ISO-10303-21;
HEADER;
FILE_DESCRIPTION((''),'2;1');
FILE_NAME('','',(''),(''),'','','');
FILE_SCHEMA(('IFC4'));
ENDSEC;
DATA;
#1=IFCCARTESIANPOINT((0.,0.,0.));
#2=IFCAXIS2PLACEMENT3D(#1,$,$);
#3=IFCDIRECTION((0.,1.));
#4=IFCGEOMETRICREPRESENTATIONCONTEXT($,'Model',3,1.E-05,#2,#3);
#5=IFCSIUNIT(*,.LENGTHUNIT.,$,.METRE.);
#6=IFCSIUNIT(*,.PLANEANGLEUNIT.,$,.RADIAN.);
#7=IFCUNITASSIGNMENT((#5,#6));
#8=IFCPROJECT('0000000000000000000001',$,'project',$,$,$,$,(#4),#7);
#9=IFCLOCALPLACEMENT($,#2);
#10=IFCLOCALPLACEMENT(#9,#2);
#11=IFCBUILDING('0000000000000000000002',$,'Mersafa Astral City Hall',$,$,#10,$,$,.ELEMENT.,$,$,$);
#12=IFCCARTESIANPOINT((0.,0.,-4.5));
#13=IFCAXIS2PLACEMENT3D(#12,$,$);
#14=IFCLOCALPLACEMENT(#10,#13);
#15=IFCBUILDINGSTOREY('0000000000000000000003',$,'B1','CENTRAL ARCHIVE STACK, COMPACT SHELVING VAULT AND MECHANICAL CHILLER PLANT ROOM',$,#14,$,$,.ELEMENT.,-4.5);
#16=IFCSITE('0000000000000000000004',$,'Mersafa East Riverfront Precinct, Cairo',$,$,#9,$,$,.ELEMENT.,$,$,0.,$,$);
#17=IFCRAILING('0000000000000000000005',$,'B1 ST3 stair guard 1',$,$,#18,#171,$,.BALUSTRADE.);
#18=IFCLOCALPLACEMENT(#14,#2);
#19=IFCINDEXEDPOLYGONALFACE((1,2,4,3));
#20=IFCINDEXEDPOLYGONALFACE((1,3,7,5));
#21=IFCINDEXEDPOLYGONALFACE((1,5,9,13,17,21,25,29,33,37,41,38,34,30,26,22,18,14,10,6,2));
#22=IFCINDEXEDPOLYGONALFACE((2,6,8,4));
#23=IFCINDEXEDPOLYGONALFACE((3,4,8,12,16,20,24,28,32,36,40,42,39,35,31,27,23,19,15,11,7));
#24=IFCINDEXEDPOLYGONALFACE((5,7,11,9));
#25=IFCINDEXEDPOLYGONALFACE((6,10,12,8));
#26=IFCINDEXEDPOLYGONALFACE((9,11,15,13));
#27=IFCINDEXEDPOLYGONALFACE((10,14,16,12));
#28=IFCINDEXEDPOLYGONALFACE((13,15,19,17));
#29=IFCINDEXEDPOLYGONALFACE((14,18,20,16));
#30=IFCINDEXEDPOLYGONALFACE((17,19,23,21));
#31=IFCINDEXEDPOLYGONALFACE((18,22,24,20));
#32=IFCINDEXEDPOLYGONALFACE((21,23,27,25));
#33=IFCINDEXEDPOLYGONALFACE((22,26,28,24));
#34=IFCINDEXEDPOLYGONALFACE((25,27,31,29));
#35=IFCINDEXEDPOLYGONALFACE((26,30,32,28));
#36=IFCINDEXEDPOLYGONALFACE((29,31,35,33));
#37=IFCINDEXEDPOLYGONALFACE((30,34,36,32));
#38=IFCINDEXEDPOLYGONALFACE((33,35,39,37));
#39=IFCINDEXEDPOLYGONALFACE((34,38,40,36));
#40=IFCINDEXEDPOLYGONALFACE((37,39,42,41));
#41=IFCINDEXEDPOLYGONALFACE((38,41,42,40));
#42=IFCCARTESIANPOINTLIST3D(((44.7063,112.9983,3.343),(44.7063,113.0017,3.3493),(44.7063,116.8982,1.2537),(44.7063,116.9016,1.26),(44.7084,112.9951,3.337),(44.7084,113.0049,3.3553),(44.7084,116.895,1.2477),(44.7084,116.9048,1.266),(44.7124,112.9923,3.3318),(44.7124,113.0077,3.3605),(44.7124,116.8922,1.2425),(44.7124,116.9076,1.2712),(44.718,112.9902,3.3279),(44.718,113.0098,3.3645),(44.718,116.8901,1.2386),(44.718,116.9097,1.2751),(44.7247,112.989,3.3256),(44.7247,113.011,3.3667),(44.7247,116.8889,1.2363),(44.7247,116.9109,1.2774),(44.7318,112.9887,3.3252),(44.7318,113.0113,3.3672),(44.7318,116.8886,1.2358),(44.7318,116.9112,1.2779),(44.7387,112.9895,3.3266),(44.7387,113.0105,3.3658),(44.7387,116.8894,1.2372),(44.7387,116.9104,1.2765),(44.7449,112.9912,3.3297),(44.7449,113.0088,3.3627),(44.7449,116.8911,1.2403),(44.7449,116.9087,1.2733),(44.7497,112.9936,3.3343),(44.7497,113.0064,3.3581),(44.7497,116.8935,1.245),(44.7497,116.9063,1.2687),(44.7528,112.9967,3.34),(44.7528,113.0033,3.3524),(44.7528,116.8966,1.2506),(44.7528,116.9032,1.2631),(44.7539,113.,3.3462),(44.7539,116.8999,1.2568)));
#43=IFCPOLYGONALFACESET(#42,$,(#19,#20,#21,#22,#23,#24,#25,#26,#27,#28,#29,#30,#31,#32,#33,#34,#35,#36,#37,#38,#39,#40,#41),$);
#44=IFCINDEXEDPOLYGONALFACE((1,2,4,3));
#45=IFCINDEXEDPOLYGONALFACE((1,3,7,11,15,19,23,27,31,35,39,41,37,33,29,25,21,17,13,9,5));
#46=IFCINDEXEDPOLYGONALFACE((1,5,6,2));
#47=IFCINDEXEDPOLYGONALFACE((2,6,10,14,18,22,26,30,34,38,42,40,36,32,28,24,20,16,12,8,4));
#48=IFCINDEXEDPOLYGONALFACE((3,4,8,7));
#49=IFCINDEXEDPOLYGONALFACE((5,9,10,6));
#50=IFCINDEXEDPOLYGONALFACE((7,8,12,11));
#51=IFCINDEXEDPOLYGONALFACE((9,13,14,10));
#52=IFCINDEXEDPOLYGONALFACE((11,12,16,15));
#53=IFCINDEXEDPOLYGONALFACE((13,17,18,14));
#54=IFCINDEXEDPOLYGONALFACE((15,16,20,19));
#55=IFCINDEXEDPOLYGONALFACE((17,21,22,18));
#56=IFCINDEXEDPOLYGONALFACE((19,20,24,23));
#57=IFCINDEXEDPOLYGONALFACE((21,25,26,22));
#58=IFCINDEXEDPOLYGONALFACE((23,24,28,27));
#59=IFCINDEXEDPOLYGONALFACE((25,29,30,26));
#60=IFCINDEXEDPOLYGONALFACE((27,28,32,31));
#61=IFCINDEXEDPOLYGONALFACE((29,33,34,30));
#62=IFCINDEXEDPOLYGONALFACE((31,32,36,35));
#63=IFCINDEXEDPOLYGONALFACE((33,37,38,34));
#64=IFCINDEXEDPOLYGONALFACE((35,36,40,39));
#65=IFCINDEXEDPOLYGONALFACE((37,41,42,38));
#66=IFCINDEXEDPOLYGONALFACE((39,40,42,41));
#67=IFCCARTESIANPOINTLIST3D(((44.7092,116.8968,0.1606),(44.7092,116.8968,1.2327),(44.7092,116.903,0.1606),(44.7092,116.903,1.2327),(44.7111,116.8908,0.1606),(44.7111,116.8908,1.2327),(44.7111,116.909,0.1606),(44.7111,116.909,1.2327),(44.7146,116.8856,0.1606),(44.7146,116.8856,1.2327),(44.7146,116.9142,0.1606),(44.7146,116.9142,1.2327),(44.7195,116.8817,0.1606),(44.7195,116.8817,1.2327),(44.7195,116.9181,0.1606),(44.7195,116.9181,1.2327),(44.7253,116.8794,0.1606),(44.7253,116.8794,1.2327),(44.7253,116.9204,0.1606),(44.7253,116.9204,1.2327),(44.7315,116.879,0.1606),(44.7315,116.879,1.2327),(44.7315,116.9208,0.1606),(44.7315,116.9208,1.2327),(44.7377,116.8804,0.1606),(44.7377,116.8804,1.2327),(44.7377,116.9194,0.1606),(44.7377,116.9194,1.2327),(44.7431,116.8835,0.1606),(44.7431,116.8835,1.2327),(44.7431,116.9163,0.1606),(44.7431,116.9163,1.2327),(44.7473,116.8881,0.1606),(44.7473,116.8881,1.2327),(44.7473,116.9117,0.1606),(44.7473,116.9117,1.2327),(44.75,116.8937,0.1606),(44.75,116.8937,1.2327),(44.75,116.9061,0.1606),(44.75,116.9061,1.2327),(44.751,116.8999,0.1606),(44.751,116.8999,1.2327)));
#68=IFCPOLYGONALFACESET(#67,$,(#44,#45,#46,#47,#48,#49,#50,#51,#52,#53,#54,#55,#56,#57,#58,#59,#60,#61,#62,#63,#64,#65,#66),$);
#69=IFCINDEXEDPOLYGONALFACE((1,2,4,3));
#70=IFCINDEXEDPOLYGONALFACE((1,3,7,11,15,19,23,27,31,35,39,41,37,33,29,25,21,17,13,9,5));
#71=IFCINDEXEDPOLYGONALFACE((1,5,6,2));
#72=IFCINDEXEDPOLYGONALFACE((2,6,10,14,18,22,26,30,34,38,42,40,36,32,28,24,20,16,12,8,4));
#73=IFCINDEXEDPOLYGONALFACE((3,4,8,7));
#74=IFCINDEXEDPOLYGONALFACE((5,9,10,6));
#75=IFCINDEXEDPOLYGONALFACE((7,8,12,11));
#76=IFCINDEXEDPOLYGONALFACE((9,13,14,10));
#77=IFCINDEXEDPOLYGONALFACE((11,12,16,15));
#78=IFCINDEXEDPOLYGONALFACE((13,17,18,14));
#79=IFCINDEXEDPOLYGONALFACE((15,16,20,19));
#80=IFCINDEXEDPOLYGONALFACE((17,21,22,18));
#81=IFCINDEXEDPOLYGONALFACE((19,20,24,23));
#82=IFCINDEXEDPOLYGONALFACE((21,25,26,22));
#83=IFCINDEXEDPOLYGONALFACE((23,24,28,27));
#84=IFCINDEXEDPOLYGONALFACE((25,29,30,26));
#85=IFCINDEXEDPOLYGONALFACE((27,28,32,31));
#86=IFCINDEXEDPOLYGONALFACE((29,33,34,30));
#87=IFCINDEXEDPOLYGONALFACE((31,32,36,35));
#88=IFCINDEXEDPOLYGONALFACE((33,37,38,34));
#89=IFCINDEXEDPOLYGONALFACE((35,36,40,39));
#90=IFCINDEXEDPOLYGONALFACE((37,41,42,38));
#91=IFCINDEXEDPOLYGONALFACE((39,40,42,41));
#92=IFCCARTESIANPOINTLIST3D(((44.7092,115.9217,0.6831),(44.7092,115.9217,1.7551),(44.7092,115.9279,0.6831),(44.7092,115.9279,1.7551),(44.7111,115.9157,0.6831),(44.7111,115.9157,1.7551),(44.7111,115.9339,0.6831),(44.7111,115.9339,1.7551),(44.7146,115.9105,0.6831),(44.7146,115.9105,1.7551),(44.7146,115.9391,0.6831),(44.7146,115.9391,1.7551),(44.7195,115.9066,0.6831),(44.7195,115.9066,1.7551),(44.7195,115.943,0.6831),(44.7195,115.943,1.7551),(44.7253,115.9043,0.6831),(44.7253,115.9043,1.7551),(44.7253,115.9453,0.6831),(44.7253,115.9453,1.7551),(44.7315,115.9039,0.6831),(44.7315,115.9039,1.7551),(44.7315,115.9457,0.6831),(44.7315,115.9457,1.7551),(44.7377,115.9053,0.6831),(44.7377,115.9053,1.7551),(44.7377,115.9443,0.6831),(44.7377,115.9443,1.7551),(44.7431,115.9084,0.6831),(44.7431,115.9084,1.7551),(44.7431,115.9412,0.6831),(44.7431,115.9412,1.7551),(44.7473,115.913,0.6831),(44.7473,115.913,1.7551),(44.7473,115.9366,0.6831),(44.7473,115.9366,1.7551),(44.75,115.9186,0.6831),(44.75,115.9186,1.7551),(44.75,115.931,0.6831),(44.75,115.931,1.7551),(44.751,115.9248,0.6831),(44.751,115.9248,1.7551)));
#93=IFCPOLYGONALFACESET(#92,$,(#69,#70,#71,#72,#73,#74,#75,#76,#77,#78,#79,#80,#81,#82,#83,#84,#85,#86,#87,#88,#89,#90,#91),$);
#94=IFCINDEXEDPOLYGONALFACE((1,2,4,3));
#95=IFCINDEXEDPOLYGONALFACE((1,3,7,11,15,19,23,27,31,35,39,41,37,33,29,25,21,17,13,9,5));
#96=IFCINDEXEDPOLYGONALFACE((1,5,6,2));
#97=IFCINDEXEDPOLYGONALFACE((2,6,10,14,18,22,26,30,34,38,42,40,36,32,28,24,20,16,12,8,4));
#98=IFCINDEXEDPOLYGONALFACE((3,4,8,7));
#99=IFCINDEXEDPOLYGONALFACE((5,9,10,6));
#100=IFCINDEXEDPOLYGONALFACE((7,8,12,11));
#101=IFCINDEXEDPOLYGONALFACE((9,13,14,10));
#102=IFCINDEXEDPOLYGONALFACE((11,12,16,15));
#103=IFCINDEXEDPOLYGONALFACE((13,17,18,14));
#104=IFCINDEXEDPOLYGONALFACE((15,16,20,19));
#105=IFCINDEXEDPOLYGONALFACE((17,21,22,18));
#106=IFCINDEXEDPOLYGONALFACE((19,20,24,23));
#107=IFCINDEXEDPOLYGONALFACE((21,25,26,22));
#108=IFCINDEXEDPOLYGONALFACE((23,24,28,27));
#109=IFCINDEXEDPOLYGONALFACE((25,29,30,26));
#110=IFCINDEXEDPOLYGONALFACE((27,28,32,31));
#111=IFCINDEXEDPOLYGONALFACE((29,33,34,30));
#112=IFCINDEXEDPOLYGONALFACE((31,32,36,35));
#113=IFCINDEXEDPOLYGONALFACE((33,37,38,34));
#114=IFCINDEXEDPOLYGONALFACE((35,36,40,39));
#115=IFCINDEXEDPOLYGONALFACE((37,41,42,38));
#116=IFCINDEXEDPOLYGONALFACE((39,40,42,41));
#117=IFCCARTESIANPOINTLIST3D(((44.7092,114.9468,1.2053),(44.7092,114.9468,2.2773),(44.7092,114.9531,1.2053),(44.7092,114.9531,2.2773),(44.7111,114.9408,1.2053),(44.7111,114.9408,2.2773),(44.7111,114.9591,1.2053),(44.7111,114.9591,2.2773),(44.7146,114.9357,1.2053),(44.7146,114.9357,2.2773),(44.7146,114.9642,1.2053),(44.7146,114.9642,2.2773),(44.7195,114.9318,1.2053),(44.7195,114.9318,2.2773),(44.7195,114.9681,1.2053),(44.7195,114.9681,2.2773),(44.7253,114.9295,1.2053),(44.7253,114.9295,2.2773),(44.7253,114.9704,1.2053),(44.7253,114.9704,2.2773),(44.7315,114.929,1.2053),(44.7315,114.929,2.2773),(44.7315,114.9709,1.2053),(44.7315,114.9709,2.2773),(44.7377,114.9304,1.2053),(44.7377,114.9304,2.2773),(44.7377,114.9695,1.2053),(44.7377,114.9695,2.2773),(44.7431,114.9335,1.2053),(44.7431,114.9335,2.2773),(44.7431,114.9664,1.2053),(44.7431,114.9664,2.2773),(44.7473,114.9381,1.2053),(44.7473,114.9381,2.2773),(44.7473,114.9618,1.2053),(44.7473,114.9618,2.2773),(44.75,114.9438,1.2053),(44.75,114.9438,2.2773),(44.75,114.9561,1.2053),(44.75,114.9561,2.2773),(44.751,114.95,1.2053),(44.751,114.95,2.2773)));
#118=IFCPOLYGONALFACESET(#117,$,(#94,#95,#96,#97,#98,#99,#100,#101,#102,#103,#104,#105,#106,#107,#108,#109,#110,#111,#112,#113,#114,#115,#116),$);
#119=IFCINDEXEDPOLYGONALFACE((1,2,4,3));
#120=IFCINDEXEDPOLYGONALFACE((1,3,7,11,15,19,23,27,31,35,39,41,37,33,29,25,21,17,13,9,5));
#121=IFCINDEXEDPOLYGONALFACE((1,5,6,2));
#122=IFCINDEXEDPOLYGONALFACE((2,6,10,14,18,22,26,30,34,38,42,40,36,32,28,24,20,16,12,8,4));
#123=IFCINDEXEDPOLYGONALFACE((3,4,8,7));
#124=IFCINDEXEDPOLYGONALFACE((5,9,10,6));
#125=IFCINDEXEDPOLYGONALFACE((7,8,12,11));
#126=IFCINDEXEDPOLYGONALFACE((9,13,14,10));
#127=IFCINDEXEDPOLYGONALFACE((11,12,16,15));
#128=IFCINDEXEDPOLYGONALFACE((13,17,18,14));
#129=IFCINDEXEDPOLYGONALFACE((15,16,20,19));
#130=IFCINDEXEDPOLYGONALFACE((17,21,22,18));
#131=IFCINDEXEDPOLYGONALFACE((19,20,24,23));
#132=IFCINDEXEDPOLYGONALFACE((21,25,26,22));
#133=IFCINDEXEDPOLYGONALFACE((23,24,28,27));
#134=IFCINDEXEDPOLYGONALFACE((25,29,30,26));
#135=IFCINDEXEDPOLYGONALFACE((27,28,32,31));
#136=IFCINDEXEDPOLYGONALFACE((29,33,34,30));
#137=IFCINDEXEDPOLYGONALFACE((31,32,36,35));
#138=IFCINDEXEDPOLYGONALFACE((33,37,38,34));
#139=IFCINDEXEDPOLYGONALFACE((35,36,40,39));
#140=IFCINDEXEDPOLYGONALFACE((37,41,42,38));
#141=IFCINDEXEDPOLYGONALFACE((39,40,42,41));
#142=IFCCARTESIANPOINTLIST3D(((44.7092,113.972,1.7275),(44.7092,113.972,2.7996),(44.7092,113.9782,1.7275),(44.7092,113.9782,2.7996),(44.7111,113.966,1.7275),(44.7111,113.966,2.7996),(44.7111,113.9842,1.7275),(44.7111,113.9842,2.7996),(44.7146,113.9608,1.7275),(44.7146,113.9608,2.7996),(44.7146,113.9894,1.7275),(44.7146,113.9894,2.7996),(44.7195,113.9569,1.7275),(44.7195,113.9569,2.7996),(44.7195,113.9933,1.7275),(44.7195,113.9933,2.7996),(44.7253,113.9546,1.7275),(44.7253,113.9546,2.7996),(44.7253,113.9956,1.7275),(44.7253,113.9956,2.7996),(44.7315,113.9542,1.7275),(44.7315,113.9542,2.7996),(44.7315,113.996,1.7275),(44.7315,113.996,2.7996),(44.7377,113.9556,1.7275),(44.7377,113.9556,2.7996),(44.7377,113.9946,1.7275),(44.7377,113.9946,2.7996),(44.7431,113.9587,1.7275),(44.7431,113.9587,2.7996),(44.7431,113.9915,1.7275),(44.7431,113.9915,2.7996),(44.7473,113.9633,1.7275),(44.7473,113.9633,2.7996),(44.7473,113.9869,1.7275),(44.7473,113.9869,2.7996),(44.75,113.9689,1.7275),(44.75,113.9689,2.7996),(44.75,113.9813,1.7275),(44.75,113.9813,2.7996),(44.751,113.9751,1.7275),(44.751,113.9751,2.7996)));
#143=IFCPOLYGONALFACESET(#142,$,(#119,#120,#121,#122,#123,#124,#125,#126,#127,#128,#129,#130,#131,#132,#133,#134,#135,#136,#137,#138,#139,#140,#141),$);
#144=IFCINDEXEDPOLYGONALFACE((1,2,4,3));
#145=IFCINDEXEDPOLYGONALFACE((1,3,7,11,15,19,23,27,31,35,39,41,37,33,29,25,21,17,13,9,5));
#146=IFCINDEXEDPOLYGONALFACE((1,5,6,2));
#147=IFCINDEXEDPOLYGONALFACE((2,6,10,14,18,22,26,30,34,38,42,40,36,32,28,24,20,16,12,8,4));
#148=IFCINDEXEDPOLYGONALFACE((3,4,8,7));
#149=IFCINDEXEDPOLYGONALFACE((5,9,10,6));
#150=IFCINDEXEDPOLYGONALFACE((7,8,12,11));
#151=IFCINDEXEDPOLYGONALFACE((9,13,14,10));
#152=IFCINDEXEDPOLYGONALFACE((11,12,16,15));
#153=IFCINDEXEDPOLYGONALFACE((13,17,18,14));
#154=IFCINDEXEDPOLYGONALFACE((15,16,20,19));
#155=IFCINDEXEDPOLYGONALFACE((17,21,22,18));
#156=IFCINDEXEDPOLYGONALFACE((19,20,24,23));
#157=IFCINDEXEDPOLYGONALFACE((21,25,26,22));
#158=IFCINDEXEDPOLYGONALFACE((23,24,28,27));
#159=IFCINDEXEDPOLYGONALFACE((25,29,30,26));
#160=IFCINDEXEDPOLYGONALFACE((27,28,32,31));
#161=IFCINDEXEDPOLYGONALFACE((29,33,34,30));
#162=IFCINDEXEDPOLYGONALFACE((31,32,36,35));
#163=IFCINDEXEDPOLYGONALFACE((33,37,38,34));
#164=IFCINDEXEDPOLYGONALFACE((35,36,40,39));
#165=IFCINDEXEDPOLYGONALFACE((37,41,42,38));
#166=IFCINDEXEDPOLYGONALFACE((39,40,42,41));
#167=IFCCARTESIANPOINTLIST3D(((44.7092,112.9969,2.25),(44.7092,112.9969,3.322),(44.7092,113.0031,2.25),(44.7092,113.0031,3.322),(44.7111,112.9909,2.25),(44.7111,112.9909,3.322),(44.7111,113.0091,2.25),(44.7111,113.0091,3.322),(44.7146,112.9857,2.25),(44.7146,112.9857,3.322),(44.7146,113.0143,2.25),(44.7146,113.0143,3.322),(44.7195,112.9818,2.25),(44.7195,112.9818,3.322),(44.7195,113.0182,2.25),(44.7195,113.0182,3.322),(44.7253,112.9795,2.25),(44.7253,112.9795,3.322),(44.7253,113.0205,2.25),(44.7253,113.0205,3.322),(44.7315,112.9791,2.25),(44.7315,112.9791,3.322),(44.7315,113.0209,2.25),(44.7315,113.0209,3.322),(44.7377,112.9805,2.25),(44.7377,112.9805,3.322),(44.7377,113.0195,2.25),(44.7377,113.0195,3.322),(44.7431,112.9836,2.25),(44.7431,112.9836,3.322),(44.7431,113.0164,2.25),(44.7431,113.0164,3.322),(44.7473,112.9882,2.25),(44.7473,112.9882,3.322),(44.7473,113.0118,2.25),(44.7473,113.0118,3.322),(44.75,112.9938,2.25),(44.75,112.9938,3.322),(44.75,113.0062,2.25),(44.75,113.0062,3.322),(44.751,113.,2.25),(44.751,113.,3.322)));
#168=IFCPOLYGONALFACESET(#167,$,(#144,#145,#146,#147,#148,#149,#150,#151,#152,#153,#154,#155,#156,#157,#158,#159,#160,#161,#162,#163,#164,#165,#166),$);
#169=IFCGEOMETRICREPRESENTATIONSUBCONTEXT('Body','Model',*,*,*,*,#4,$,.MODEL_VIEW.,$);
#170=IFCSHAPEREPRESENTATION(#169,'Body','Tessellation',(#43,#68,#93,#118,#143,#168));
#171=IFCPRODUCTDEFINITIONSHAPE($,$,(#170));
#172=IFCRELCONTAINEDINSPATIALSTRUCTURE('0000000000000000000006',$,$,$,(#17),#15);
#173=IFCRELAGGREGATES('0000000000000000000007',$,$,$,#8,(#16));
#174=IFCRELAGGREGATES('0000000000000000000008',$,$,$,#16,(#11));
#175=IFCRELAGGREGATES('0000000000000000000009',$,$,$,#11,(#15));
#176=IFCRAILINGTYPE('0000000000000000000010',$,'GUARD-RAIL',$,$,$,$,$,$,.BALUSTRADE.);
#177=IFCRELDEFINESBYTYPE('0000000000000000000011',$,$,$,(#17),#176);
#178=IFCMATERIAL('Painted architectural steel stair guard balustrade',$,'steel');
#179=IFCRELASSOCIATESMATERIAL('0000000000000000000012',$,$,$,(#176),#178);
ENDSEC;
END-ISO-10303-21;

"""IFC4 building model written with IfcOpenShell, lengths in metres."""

from ifc_helpers import new_model, si_unit, direction, frame, origin, origin_2d, place, context, subcontext, project, spatial, circle, extrude, material, type_object, element, save


model = new_model("IFC4")

# Units and contexts
model_context = context("Model", 3, precision=1e-05, world=origin(), true_north=direction((0.0, 1.0)))
body_context = subcontext(model_context, "Body", "Model", "MODEL_VIEW")
ifc_project = project(units=[si_unit("LENGTHUNIT", "METRE"), si_unit("PLANEANGLEUNIT", "RADIAN")], contexts=[model_context])

# Site, building, storey
site_placement = place(None, origin())
site = spatial("IfcSite", under=ifc_project, at=site_placement, Name="Mersafa East Riverfront Precinct, Cairo", CompositionType="ELEMENT", RefElevation=0.0)
building_placement = place(site_placement, origin())
building = spatial("IfcBuilding", under=site, at=building_placement, Name="Mersafa Astral City Hall", CompositionType="ELEMENT")
storey_placement = place(building_placement, frame((0.0, 0.0, -4.5)))
storey = spatial("IfcBuildingStorey", under=building, at=storey_placement, Name="B1", Description="CENTRAL ARCHIVE STACK, COMPACT SHELVING VAULT AND MECHANICAL CHILLER PLANT ROOM", CompositionType="ELEMENT", Elevation=-4.5)

# Railing
ifc_material_1 = material(Name="Painted architectural steel stair guard balustrade", Category="steel")
railing_type_1 = type_object("IfcRailingType", Name="GUARD-RAIL", PredefinedType="BALUSTRADE", material=ifc_material_1)
railing_1_placement = place(storey_placement, frame((44.73, 116.8999, 0.1606)))
element("IfcRailing", 1, at=railing_1_placement, inside=storey, type_object=railing_type_1, Name="B1 ST3 stair guard 1", PredefinedType="BALUSTRADE", context=body_context, shape_type="SweptSolid", body=[
    extrude(circle(Radius=0.0239, at=origin_2d()), frame((0.0, 0.0, 1.0962), z_axis=(0.0, -0.881468, 0.472243), x_axis=(1.0, 0.0, 0.0)), (0.0, 0.0, 1.0), 4.4243),
    extrude(circle(Radius=0.021, at=origin_2d()), origin(), (0.0, 0.0, 1.0), 1.072),
    extrude(circle(Radius=0.021, at=origin_2d()), frame((0.0, -0.9751, 0.5225)), (0.0, 0.0, 1.0), 1.072),
    extrude(circle(Radius=0.021, at=origin_2d()), frame((0.0, -1.95, 1.0447)), (0.0, 0.0, 1.0), 1.072),
    extrude(circle(Radius=0.021, at=origin_2d()), frame((0.0, -2.9248, 1.5669)), (0.0, 0.0, 1.0), 1.072),
    extrude(circle(Radius=0.021, at=origin_2d()), frame((0.0, -3.8999, 2.0894)), (0.0, 0.0, 1.0), 1.072),
])

save(model, "model.ifc")
